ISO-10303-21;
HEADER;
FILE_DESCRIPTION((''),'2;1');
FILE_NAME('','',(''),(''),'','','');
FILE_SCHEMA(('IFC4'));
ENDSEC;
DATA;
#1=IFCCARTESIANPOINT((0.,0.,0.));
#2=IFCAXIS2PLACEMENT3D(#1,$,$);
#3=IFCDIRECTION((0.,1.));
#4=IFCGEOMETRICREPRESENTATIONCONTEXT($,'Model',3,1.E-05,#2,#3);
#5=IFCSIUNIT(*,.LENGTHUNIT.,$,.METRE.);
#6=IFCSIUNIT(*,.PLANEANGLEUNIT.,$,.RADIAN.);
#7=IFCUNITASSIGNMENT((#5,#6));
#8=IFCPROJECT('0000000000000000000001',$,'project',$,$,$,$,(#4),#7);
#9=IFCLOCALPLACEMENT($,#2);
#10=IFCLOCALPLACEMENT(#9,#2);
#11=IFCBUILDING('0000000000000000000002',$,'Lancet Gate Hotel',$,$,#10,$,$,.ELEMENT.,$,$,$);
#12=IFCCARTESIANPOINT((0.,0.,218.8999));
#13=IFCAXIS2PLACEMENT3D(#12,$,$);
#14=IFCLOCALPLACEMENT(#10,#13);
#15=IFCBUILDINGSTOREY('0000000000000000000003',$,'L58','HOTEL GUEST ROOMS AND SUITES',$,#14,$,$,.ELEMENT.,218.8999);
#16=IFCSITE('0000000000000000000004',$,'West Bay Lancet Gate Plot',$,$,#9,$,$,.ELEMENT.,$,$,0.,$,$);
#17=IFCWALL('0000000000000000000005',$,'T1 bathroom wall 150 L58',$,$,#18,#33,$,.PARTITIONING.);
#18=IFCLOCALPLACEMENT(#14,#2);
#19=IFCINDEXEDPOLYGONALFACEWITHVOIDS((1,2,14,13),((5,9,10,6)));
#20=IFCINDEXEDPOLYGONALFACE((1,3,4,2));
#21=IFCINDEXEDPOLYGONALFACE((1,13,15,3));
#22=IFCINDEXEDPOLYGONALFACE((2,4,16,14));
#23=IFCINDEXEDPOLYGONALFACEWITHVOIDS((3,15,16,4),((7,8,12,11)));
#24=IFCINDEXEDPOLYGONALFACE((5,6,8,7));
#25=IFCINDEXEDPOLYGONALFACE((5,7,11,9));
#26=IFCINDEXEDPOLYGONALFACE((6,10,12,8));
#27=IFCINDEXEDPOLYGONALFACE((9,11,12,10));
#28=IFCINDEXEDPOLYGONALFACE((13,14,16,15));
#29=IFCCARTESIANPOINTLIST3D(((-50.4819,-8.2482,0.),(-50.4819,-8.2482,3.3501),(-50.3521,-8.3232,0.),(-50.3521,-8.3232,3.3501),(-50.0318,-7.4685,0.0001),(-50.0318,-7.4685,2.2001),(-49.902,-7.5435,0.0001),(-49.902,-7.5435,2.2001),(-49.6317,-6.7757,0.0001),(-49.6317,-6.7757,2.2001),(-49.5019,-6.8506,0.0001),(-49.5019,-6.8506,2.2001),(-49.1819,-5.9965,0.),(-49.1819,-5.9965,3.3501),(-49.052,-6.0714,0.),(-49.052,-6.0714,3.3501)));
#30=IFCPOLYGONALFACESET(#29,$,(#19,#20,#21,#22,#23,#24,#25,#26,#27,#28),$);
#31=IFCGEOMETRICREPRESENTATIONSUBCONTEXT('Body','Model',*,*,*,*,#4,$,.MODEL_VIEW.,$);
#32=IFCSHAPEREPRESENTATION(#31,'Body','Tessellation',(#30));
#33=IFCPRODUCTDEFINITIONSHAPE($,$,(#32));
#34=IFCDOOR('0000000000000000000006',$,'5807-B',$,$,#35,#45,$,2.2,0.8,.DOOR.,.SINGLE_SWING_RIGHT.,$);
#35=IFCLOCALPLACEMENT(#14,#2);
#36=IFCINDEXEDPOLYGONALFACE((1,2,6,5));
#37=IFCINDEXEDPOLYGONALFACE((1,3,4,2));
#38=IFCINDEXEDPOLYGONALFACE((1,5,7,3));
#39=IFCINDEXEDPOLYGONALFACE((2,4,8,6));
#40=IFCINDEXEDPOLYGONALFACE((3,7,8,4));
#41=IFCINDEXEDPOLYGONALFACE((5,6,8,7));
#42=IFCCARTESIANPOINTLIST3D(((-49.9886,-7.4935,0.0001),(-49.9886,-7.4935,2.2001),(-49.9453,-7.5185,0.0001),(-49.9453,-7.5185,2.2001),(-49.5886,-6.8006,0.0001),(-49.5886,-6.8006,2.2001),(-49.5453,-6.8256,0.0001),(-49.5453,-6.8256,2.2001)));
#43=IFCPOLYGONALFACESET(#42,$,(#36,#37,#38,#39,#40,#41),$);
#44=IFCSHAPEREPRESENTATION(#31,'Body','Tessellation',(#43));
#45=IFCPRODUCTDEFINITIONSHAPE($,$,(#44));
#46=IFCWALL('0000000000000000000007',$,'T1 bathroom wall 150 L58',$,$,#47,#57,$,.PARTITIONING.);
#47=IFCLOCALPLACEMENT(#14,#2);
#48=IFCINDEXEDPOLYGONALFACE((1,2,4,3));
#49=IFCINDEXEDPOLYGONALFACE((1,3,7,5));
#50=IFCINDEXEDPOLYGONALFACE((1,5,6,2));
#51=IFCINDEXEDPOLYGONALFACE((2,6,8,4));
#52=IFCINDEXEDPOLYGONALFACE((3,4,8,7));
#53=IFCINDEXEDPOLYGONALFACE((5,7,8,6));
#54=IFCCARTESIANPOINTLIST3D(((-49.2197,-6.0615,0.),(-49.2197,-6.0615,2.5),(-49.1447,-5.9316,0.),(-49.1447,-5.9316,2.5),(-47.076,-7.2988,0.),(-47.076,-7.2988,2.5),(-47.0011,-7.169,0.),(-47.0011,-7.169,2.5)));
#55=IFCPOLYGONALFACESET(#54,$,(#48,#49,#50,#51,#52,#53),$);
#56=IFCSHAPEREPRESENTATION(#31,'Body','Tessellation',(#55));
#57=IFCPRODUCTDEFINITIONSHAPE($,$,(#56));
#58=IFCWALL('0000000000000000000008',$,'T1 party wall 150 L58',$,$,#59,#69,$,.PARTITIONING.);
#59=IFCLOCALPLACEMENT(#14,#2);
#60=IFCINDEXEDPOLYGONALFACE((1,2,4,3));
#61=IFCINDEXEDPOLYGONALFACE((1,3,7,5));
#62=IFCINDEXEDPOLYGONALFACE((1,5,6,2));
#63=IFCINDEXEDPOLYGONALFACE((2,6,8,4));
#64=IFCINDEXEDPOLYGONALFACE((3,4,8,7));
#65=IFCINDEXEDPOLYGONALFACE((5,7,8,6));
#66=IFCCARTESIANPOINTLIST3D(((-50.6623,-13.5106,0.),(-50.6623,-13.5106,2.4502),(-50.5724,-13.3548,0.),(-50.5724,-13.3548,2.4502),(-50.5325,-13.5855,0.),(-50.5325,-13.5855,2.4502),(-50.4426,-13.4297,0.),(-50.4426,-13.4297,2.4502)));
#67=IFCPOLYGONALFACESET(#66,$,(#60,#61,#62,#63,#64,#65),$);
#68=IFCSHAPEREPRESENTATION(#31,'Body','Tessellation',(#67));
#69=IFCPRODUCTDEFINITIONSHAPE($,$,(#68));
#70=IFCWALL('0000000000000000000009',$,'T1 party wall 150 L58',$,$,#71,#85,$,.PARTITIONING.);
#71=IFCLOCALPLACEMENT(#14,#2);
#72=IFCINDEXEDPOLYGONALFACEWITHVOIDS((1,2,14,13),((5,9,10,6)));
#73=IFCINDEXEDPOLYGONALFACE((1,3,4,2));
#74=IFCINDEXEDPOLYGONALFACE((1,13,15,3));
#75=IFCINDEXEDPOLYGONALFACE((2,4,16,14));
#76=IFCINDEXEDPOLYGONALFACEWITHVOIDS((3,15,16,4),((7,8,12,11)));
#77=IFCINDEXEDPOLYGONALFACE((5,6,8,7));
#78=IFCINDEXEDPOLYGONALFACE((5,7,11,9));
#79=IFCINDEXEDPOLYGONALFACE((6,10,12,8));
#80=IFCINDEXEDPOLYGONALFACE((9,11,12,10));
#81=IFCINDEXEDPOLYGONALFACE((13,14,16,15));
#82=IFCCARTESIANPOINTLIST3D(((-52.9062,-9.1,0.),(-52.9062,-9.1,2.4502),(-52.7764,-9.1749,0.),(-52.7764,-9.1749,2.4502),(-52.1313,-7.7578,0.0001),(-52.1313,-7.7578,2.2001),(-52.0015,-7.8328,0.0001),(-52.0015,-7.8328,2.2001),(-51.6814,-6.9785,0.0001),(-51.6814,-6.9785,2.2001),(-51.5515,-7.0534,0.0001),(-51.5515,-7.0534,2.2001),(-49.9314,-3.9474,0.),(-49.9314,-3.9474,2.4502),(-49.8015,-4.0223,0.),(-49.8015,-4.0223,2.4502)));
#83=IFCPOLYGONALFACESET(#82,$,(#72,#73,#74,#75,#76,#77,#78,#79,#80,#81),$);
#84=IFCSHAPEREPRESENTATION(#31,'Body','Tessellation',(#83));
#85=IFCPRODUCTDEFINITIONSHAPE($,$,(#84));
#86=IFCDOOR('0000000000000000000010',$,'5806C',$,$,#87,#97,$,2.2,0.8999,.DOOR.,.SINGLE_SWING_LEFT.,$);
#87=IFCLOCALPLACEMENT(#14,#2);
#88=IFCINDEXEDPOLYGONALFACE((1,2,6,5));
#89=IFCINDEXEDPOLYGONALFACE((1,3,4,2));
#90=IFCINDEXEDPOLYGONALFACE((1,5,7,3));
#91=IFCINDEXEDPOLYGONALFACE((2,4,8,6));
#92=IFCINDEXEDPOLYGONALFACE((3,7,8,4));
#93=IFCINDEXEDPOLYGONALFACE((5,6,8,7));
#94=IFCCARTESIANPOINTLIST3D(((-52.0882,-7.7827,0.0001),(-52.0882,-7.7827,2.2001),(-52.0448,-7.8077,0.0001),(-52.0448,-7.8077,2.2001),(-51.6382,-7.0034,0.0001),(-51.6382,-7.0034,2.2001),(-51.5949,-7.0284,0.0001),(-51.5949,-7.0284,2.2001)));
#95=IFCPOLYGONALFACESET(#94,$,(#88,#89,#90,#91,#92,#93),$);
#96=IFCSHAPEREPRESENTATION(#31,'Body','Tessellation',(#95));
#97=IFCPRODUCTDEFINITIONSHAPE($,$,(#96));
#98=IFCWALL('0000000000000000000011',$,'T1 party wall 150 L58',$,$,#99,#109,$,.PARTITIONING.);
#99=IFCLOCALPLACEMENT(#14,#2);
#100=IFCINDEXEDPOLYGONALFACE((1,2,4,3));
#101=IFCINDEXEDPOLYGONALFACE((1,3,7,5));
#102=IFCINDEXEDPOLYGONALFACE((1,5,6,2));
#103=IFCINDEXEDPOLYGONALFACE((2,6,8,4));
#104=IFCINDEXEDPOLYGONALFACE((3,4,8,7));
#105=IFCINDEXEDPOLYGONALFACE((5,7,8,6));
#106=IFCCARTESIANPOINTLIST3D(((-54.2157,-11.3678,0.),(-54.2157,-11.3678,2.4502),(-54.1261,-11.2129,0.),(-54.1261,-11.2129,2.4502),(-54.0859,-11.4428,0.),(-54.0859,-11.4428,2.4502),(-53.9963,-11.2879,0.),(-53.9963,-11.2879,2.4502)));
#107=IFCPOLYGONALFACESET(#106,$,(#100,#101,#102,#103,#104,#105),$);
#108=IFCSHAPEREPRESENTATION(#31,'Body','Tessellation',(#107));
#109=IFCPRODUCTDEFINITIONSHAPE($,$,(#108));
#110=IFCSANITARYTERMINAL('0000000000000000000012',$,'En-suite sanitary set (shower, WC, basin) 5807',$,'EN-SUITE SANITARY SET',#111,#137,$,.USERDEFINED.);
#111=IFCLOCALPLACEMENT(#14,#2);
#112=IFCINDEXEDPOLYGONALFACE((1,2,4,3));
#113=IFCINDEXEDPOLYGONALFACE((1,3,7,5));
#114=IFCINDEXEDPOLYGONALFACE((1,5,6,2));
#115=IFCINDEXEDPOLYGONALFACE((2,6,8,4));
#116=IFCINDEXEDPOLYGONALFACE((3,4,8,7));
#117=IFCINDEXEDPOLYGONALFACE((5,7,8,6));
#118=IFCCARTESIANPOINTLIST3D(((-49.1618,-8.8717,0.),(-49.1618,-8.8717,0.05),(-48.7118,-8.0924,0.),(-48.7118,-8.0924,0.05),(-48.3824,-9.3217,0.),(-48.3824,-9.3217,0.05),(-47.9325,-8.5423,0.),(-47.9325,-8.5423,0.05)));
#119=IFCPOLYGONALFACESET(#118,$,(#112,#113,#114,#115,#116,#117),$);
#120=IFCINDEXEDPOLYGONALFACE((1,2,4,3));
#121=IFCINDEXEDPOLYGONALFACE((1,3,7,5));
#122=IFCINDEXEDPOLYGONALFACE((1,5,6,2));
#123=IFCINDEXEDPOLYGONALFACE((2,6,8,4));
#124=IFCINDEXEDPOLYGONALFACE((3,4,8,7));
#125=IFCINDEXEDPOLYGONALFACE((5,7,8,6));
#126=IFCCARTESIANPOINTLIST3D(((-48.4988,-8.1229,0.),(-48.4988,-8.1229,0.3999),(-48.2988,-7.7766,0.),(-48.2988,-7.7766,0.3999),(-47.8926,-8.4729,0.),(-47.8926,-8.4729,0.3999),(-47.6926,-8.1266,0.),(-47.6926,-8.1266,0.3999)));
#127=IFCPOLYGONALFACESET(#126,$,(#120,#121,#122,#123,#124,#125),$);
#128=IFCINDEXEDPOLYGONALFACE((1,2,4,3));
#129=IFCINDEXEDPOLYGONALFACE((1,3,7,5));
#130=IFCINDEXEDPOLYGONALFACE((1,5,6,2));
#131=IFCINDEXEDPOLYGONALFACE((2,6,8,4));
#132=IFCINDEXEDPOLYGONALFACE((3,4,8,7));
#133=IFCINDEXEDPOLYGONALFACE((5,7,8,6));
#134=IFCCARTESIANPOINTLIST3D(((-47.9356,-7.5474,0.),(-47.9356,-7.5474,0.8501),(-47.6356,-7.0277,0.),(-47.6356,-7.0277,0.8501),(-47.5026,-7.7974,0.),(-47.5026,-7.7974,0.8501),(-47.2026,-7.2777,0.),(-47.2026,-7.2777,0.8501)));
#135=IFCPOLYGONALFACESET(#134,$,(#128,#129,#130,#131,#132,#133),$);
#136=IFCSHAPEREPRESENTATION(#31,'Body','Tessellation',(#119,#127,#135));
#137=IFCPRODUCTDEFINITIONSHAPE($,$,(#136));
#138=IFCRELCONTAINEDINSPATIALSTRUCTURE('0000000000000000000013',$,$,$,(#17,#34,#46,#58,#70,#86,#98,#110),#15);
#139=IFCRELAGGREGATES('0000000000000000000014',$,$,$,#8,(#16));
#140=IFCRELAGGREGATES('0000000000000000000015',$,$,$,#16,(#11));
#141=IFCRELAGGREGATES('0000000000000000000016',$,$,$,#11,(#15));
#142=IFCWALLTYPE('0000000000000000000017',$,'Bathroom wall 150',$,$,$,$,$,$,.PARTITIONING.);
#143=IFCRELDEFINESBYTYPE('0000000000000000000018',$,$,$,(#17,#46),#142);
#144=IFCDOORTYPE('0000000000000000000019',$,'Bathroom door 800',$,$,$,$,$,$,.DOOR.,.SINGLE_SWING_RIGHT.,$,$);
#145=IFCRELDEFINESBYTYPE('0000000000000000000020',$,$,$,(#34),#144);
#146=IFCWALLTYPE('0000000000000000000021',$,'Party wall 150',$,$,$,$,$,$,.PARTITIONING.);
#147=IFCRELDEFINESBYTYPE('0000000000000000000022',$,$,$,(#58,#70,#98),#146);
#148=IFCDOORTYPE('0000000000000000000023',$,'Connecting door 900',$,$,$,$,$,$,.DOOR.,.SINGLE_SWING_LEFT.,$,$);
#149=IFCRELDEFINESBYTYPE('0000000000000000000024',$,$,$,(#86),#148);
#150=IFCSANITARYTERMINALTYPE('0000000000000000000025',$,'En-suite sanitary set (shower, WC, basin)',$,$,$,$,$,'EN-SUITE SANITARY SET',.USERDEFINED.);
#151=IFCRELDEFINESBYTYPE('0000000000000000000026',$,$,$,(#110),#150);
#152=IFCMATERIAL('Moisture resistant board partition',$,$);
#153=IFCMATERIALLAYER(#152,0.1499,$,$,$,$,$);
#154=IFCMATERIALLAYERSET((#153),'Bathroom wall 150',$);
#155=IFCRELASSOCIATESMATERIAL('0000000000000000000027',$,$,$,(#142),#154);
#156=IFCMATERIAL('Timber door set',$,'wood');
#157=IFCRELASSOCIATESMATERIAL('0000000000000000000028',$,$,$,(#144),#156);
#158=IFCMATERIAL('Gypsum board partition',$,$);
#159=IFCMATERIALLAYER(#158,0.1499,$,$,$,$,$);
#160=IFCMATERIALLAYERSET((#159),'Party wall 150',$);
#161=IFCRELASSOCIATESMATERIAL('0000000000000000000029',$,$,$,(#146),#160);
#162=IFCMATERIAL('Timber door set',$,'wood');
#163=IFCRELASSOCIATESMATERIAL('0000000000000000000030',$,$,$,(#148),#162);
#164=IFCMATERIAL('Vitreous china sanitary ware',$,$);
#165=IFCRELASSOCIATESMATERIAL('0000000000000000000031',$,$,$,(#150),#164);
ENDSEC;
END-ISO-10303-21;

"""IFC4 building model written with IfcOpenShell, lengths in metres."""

from ifc_helpers import new_model, si_unit, direction, frame, frame_2d, origin, origin_2d, place, context, subcontext, project, spatial, rectangle, extrude, material, layer, layer_set, type_object, element, fill, save


model = new_model("IFC4")

# Units and contexts
model_context = context("Model", 3, precision=1e-05, world=origin(), true_north=direction((0.0, 1.0)))
body_context = subcontext(model_context, "Body", "Model", "MODEL_VIEW")
ifc_project = project(units=[si_unit("LENGTHUNIT", "METRE"), si_unit("PLANEANGLEUNIT", "RADIAN")], contexts=[model_context])

# Site, building, storey
site_placement = place(None, origin())
site = spatial("IfcSite", under=ifc_project, at=site_placement, Name="West Bay Lancet Gate Plot", CompositionType="ELEMENT", RefElevation=0.0)
building_placement = place(site_placement, origin())
building = spatial("IfcBuilding", under=site, at=building_placement, Name="Lancet Gate Hotel", CompositionType="ELEMENT")
storey_placement = place(building_placement, frame((0.0, 0.0, 218.8999)))
storey = spatial("IfcBuildingStorey", under=building, at=storey_placement, Name="L58", Description="HOTEL GUEST ROOMS AND SUITES", CompositionType="ELEMENT", Elevation=218.8999)

# Shared definitions
ifc_material_1 = material(Name="Moisture resistant board partition")
ifc_layer_1 = layer(ifc_material_1, 0.1499)
ifc_layer_set_1 = layer_set([ifc_layer_1], Name="Bathroom wall 150")
wall_type_1 = type_object("IfcWallType", Name="Bathroom wall 150", PredefinedType="PARTITIONING", material=ifc_layer_set_1)
ifc_material_2 = material(Name="Timber door set", Category="wood")
door_type_1 = type_object("IfcDoorType", Name="Bathroom door 800", OperationType="SINGLE_SWING_RIGHT", PredefinedType="DOOR", material=ifc_material_2)

# Wall, opening, door
wall_1_placement = place(storey_placement, frame((-49.1169, -6.0339, 0.0), z_axis=(0.0, 0.0, 1.0), x_axis=(-0.500007, -0.866021, 0.0)))
wall_1 = element("IfcWall", 1, at=wall_1_placement, inside=storey, type_object=wall_type_1, Name="T1 bathroom wall 150 L58", PredefinedType="PARTITIONING", context=body_context, shape_type="SweptSolid", body=[
    extrude(rectangle(XDim=2.6001, YDim=0.1499, at=frame_2d((1.3, 0.0))), origin(), (0.0, 0.0, 1.0), 3.3501),
])
opening_1_placement = place(wall_1_placement, frame((0.8999, 0.0, 0.0)))
opening_1 = element("IfcOpeningElement", 2, at=opening_1_placement, cuts=wall_1, PredefinedType="OPENING", context=body_context, shape_type="SweptSolid", body=[
    extrude(rectangle(XDim=0.8, YDim=2.2, at=frame_2d((0.3999, 1.1001))), frame((0.0, 0.085, 0.0), z_axis=(0.0, -1.0, 0.0), x_axis=(1.0, 0.0, 0.0)), (0.0, 0.0, 1.0), 0.1699),
])
door_1_placement = place(opening_1_placement, origin())
door_1 = element("IfcDoor", 3, at=door_1_placement, inside=storey, type_object=door_type_1, Name="5807-B", OperationType="SINGLE_SWING_RIGHT", OverallHeight=2.2, OverallWidth=0.8, PredefinedType="DOOR", context=body_context, shape_type="SweptSolid", body=[
    extrude(rectangle(XDim=0.8, YDim=2.2, at=frame_2d((0.3999, 1.1001))), frame((0.0, 0.0249, 0.0), z_axis=(0.0, -1.0, 0.0), x_axis=(1.0, 0.0, 0.0)), (0.0, 0.0, 1.0), 0.05),
])
fill(opening_1, door_1)

# Walls
wall_2_placement = place(storey_placement, frame((-47.0386, -7.2339, 0.0), z_axis=(0.0, 0.0, 1.0), x_axis=(-0.866074, 0.499916, 0.0)))
element("IfcWall", 4, at=wall_2_placement, inside=storey, type_object=wall_type_1, Name="T1 bathroom wall 150 L58", PredefinedType="PARTITIONING", context=body_context, shape_type="SweptSolid", body=[
    extrude(rectangle(XDim=2.4751, YDim=0.1499, at=frame_2d((1.2375, 0.0))), origin(), (0.0, 0.0, 1.0), 2.5),
])
ifc_material_3 = material(Name="Gypsum board partition")
ifc_layer_2 = layer(ifc_material_3, 0.1499)
ifc_layer_set_2 = layer_set([ifc_layer_2], Name="Party wall 150")
wall_type_2 = type_object("IfcWallType", Name="Party wall 150", PredefinedType="PARTITIONING", material=ifc_layer_set_2)
wall_3_placement = place(storey_placement, frame((-50.5076, -13.3923, 0.0), z_axis=(0.0, 0.0, 1.0), x_axis=(-0.499644, -0.866231, 0.0)))
element("IfcWall", 5, at=wall_3_placement, inside=storey, type_object=wall_type_2, Name="T1 party wall 150 L58", PredefinedType="PARTITIONING", context=body_context, shape_type="SweptSolid", body=[
    extrude(rectangle(XDim=0.1799, YDim=0.1499, at=frame_2d((0.0898, 0.0))), origin(), (0.0, 0.0, 1.0), 2.4502),
])

# Wall, opening, door
wall_4_placement = place(storey_placement, frame((-49.8665, -3.9849, 0.0), z_axis=(0.0, 0.0, 1.0), x_axis=(-0.500001, -0.866025, 0.0)))
wall_4 = element("IfcWall", 6, at=wall_4_placement, inside=storey, type_object=wall_type_2, Name="T1 party wall 150 L58", PredefinedType="PARTITIONING", context=body_context, shape_type="SweptSolid", body=[
    extrude(rectangle(XDim=5.9497, YDim=0.1499, at=frame_2d((2.9749, 0.0))), origin(), (0.0, 0.0, 1.0), 2.4502),
])
opening_2_placement = place(wall_4_placement, frame((3.5, 0.0, 0.0)))
opening_2 = element("IfcOpeningElement", 7, at=opening_2_placement, cuts=wall_4, PredefinedType="OPENING", context=body_context, shape_type="SweptSolid", body=[
    extrude(rectangle(XDim=0.8999, YDim=2.2, at=frame_2d((0.45, 1.1001))), frame((0.0, 0.085, 0.0), z_axis=(0.0, -1.0, 0.0), x_axis=(1.0, 0.0, 0.0)), (0.0, 0.0, 1.0), 0.1699),
])
ifc_material_4 = material(Name="Timber door set", Category="wood")
door_type_2 = type_object("IfcDoorType", Name="Connecting door 900", OperationType="SINGLE_SWING_LEFT", PredefinedType="DOOR", material=ifc_material_4)
door_2_placement = place(opening_2_placement, origin())
door_2 = element("IfcDoor", 8, at=door_2_placement, inside=storey, type_object=door_type_2, Name="5806C", OperationType="SINGLE_SWING_LEFT", OverallHeight=2.2, OverallWidth=0.8999, PredefinedType="DOOR", context=body_context, shape_type="SweptSolid", body=[
    extrude(rectangle(XDim=0.8999, YDim=2.2, at=frame_2d((0.45, 1.1001))), frame((0.0, 0.0249, 0.0), z_axis=(0.0, -1.0, 0.0), x_axis=(1.0, 0.0, 0.0)), (0.0, 0.0, 1.0), 0.05),
])
fill(opening_2, door_2)

# Wall
wall_5_placement = place(storey_placement, frame((-54.0613, -11.2505, 0.0), z_axis=(0.0, 0.0, 1.0), x_axis=(-0.500391, -0.865799, 0.0)))
element("IfcWall", 9, at=wall_5_placement, inside=storey, type_object=wall_type_2, Name="T1 party wall 150 L58", PredefinedType="PARTITIONING", context=body_context, shape_type="SweptSolid", body=[
    extrude(rectangle(XDim=0.179, YDim=0.1499, at=frame_2d((0.0894, 0.0))), origin(), (0.0, 0.0, 1.0), 2.4502),
])

# Sanitary terminal
ifc_material_5 = material(Name="Vitreous china sanitary ware")
sanitary_terminal_type = type_object("IfcSanitaryTerminalType", Name="En-suite sanitary set (shower, WC, basin)", ElementType="EN-SUITE SANITARY SET", PredefinedType="USERDEFINED", material=ifc_material_5)
sanitary_terminal_placement = place(storey_placement, frame((-48.5471, -8.707, 0.0), z_axis=(0.0, 0.0, 1.0), x_axis=(1.0, 0.0, 0.0)))
element("IfcSanitaryTerminal", 10, at=sanitary_terminal_placement, inside=storey, type_object=sanitary_terminal_type, Name="En-suite sanitary set (shower, WC, basin) 5807", ObjectType="EN-SUITE SANITARY SET", PredefinedType="USERDEFINED", context=body_context, shape_type="SweptSolid", body=[
    extrude(rectangle(XDim=0.8999, YDim=0.8999, at=origin_2d()), frame((0.0, 0.0, 0.0), z_axis=(0.0, 0.0, 1.0), x_axis=(-0.5, -0.866025, 0.0)), (0.0, 0.0, 1.0), 0.05),
    extrude(rectangle(XDim=0.3999, YDim=0.7, at=origin_2d()), frame((0.4514, 0.5823, 0.0), z_axis=(0.0, 0.0, 1.0), x_axis=(-0.5, -0.866025, 0.0)), (0.0, 0.0, 1.0), 0.3999),
    extrude(rectangle(XDim=0.6001, YDim=0.5, at=origin_2d()), frame((0.978, 1.2944, 0.0), z_axis=(0.0, 0.0, 1.0), x_axis=(-0.5, -0.866025, 0.0)), (0.0, 0.0, 1.0), 0.8501),
])

save(model, "model.ifc")
